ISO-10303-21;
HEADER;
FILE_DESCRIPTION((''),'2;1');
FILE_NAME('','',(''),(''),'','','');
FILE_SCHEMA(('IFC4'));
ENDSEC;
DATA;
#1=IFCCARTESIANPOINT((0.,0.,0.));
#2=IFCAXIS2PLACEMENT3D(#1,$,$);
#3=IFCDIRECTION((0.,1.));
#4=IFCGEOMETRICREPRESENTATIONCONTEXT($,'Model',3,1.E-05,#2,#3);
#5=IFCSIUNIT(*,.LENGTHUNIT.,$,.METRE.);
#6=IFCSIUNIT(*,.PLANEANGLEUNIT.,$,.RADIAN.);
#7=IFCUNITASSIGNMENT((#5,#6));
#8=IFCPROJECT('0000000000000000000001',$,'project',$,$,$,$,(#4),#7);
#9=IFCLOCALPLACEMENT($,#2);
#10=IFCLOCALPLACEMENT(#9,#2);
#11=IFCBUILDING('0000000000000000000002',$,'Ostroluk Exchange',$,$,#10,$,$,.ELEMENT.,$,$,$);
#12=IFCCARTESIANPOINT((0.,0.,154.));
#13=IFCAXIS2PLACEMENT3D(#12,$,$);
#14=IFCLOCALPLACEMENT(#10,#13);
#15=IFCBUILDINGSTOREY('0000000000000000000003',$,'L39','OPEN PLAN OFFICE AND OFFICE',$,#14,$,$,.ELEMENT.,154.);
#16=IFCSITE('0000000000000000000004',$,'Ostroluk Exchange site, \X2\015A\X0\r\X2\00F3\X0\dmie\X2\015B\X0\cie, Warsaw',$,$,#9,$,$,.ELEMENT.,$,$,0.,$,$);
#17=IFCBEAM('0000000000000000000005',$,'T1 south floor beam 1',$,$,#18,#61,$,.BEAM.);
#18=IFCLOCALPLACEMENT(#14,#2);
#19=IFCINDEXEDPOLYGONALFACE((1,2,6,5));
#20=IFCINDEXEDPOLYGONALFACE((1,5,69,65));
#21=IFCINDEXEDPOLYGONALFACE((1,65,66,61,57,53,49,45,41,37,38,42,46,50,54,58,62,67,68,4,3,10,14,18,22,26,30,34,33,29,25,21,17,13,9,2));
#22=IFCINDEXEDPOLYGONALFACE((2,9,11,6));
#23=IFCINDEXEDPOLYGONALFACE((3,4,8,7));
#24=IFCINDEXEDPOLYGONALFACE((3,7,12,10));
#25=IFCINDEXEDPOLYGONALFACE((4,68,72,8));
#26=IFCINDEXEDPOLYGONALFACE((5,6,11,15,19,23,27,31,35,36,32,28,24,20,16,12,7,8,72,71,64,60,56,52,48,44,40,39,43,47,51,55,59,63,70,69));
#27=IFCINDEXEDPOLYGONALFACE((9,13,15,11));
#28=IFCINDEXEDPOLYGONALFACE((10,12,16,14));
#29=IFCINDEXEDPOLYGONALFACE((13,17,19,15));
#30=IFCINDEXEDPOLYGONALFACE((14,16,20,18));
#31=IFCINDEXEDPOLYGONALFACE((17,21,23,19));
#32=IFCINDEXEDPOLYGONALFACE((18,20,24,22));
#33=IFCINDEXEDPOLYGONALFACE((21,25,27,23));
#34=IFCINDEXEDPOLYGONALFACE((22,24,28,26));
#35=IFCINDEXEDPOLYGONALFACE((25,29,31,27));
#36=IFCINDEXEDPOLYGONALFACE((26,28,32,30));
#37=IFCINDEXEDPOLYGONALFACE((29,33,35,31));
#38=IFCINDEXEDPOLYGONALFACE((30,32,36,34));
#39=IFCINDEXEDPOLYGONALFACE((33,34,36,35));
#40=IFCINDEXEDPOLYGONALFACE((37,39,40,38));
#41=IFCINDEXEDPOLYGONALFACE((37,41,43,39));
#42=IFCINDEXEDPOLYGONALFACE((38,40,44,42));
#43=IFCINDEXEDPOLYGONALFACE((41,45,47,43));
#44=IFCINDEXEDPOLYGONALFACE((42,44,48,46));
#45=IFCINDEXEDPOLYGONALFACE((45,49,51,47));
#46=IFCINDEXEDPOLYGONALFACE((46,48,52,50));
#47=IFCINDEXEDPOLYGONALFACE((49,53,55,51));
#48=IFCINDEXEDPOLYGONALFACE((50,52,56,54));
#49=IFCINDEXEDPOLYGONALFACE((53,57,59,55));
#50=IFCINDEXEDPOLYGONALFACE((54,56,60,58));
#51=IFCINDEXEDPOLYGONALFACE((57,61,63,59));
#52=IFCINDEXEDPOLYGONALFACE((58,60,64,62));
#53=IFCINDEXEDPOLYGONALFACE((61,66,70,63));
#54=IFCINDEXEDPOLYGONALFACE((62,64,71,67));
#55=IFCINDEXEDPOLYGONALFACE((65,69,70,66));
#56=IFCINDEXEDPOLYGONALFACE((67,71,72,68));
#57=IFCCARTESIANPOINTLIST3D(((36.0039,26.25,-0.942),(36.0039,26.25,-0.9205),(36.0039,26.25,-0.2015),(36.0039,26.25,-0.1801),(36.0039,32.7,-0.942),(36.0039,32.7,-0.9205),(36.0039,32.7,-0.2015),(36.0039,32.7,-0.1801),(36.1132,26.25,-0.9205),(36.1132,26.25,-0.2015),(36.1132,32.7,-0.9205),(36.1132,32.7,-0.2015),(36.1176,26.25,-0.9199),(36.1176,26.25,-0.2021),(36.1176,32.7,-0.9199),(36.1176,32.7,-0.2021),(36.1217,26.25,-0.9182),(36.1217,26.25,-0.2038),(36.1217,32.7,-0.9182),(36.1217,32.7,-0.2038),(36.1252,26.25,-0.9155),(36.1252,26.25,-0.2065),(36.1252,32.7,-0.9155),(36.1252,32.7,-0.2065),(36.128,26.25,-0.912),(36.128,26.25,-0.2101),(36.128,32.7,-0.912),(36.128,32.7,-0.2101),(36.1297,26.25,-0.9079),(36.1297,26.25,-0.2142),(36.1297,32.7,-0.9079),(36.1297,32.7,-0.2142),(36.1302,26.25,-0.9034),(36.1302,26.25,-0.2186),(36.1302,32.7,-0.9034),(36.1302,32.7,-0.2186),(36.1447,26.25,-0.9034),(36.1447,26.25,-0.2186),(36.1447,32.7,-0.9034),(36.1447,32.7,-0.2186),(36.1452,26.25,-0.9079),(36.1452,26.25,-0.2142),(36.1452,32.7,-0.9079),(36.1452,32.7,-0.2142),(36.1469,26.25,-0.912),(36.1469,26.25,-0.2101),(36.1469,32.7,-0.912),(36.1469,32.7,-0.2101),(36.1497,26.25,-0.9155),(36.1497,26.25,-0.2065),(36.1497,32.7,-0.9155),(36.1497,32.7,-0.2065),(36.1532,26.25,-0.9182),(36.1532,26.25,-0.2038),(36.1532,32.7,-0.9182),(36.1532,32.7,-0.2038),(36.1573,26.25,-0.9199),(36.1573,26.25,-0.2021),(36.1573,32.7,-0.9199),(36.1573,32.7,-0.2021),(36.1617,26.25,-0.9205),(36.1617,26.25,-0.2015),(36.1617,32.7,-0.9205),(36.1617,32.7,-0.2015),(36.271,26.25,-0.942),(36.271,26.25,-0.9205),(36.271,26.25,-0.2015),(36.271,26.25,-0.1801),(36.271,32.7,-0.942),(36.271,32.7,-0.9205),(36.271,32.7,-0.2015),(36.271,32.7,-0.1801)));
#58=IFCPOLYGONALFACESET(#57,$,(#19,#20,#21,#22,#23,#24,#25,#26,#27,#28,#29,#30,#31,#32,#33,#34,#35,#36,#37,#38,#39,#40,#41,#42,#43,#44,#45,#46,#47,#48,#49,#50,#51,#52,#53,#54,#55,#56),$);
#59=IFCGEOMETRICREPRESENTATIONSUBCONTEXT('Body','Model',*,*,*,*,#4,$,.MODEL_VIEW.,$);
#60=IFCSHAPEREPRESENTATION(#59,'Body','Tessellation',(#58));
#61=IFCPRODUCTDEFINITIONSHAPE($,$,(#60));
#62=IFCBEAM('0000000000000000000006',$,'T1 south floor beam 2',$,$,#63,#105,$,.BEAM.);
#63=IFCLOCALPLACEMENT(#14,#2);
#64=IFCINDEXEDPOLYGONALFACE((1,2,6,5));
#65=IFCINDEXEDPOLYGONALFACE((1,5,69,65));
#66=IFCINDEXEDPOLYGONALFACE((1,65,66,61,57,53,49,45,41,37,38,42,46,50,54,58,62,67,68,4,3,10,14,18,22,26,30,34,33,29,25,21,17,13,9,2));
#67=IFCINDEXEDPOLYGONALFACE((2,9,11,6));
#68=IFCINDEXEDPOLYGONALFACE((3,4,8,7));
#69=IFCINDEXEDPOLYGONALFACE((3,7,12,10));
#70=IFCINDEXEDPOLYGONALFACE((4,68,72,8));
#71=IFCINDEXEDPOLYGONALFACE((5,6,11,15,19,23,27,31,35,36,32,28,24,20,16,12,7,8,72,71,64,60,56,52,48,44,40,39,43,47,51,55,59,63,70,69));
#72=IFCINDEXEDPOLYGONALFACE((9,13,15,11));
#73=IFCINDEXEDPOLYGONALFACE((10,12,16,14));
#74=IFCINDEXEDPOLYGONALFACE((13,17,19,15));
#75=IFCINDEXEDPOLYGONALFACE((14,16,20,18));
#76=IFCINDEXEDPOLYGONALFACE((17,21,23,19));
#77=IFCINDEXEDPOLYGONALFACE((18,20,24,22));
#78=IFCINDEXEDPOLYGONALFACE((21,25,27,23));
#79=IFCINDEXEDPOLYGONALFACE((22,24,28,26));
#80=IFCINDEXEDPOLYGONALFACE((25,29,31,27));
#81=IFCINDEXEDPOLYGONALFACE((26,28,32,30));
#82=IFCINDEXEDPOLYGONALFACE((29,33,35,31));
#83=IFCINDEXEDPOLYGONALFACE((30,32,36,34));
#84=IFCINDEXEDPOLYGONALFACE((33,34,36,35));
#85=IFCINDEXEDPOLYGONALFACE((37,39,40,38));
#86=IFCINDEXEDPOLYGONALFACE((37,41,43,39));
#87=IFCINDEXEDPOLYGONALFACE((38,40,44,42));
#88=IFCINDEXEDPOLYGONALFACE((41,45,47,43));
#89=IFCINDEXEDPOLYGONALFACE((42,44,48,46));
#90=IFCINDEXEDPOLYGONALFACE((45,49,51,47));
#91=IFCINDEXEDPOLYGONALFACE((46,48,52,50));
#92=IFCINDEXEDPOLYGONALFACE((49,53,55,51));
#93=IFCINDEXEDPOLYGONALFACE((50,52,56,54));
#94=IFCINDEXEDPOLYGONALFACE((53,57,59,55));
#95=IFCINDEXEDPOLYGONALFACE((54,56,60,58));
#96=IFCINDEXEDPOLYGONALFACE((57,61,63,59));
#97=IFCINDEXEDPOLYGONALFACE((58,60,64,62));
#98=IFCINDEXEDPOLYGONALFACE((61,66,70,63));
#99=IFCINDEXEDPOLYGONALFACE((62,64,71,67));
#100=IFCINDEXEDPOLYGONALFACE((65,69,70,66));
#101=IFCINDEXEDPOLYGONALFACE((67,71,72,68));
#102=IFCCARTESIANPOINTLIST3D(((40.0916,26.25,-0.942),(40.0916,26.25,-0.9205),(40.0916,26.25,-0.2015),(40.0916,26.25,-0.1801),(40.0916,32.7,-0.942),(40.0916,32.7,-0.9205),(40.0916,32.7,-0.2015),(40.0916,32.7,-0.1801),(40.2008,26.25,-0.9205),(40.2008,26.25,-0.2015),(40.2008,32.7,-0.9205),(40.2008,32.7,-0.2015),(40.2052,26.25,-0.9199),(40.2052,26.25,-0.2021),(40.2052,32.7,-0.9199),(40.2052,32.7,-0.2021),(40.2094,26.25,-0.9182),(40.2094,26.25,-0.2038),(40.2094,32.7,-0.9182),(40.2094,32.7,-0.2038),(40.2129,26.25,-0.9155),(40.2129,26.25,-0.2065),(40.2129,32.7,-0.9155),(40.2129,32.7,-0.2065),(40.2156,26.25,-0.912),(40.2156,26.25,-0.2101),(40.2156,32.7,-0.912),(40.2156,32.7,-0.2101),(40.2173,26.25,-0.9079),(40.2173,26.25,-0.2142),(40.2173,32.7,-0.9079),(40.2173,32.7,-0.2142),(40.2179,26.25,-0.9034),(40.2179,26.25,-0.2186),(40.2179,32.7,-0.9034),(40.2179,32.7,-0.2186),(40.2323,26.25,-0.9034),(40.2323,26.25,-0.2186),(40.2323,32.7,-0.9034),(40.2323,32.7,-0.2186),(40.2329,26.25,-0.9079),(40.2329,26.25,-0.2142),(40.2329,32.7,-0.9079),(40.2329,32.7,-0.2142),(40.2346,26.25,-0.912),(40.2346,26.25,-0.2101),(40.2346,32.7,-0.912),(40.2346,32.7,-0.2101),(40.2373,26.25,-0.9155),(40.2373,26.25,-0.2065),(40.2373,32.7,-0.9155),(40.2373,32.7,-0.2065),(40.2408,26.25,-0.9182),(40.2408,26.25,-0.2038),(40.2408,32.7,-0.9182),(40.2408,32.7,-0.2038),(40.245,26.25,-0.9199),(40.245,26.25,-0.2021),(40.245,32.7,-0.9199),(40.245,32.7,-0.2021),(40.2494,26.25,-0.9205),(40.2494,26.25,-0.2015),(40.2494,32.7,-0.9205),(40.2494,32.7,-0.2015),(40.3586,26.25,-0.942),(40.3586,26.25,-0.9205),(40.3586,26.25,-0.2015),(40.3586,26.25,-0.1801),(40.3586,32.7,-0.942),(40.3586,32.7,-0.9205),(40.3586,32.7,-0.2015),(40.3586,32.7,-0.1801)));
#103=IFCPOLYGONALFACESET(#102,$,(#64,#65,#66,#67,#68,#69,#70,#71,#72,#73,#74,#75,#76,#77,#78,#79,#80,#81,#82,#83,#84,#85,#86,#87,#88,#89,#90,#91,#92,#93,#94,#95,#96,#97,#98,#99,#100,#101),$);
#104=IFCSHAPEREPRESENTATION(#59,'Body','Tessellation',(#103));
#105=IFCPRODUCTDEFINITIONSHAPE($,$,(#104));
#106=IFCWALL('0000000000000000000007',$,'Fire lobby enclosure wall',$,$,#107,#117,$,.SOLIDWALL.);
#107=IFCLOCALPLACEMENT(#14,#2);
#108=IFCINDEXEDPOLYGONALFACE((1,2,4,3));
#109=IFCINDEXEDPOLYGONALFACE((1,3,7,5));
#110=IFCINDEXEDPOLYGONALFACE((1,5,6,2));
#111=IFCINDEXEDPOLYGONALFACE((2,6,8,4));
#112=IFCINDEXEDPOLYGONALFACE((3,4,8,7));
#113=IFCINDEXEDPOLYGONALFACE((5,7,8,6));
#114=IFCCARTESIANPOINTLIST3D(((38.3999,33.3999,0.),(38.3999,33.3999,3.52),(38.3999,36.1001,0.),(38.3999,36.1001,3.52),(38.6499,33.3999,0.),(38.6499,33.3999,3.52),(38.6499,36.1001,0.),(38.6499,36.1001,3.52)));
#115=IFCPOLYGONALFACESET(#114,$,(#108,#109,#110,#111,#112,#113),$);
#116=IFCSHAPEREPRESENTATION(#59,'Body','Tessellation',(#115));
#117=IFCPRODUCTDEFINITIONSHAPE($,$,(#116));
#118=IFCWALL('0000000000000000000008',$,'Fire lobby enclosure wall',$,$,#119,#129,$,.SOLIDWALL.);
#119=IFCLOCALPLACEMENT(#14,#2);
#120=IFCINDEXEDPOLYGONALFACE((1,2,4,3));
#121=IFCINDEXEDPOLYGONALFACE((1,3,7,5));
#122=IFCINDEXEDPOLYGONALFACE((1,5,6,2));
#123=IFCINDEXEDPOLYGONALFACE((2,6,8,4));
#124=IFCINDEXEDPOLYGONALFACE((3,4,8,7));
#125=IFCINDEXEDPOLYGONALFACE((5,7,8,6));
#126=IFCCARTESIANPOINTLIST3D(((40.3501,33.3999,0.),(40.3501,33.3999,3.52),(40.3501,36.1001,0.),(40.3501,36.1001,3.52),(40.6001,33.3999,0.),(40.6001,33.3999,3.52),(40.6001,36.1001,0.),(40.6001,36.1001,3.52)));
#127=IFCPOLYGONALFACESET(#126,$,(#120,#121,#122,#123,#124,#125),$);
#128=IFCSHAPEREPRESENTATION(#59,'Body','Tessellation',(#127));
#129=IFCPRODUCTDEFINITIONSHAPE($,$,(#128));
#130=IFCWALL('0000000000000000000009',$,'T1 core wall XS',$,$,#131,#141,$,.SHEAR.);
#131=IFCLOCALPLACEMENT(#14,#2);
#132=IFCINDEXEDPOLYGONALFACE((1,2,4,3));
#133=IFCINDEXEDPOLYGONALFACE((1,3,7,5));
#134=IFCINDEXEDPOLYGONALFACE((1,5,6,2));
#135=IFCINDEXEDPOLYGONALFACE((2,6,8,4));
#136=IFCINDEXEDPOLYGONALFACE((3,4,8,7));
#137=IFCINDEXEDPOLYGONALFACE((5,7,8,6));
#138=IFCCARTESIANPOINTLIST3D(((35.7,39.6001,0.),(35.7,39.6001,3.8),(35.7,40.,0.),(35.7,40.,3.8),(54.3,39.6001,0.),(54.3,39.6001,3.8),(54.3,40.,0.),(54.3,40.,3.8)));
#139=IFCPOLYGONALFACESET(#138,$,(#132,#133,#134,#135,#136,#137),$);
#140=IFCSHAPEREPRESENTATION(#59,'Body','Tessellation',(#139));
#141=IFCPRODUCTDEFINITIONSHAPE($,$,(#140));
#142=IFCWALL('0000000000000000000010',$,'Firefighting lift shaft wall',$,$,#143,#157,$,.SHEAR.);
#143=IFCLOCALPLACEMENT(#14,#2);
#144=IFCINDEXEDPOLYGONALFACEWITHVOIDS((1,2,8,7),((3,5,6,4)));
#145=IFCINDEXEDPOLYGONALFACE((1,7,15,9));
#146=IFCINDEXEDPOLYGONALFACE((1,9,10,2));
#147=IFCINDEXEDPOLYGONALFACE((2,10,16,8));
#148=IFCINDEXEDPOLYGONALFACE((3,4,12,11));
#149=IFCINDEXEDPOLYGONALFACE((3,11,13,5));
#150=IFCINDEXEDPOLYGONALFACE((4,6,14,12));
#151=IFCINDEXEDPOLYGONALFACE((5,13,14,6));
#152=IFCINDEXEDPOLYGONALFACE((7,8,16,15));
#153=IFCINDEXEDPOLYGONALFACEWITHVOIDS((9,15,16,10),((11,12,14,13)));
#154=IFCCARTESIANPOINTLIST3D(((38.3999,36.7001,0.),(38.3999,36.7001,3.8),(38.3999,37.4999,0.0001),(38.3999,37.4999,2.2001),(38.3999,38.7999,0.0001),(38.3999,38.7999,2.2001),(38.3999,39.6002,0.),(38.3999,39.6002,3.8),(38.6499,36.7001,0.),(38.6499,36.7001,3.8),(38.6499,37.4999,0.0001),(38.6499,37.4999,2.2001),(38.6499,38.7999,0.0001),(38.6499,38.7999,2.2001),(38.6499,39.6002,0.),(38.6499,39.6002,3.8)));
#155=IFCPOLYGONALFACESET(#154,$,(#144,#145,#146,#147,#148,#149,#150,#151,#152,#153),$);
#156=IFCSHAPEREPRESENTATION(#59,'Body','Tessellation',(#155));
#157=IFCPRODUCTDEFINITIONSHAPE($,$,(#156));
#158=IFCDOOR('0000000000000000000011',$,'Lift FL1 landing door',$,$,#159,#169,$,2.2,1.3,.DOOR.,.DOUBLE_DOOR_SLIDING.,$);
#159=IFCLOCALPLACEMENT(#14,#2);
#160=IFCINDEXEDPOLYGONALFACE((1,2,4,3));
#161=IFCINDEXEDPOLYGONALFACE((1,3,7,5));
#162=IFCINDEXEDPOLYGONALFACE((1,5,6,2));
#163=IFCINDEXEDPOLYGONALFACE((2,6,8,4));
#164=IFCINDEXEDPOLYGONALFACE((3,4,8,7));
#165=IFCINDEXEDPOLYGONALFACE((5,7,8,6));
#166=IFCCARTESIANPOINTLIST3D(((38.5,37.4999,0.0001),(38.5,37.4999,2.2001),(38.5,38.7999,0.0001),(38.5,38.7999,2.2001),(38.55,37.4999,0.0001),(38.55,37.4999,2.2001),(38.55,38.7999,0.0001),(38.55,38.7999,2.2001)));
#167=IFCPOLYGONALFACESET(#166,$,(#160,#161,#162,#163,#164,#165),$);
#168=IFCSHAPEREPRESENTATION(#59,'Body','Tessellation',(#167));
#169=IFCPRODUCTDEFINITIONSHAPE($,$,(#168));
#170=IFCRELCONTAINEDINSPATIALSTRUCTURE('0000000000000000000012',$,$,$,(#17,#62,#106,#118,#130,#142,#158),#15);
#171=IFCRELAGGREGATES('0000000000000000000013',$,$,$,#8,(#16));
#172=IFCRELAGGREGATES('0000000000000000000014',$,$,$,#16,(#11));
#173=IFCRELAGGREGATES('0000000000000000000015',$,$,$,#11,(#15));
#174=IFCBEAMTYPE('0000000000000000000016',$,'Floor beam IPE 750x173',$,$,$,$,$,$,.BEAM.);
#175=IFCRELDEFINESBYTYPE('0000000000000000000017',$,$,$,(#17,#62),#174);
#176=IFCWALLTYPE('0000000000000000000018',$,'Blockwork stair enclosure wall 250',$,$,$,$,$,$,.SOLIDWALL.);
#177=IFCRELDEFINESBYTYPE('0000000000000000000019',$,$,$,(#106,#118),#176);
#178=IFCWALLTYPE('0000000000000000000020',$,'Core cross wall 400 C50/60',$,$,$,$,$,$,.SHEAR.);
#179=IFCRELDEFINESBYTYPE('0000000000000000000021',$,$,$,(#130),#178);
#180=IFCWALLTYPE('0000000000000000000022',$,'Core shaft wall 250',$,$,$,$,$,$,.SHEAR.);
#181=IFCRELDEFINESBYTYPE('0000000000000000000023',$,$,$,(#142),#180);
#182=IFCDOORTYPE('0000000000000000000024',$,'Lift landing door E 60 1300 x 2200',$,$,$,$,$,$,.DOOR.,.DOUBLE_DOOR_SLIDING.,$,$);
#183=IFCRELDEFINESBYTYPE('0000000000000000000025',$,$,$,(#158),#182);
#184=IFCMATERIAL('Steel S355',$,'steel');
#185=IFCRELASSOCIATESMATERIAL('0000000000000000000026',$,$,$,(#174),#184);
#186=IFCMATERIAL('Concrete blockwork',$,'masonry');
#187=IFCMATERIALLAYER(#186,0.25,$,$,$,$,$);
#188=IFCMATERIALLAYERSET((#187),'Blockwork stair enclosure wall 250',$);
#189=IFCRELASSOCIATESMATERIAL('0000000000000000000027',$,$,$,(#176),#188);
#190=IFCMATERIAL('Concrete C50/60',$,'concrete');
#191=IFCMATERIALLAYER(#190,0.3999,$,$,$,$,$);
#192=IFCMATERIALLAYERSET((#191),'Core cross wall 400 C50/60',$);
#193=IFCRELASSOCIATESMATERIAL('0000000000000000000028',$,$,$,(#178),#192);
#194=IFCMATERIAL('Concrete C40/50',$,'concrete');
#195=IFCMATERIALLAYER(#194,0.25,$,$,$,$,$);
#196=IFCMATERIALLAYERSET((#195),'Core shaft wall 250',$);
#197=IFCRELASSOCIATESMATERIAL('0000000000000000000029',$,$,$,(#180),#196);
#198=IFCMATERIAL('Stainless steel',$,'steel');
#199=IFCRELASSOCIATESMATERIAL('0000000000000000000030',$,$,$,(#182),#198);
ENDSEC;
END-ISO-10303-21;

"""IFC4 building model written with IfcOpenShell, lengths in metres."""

from ifc_helpers import new_model, si_unit, direction, frame, frame_2d, origin, origin_2d, place, context, subcontext, project, spatial, rectangle, i_section, extrude, material, layer, layer_set, material_profile, profile_set, type_object, element, fill, save


model = new_model("IFC4")

# Units and contexts
model_context = context("Model", 3, precision=1e-05, world=origin(), true_north=direction((0.0, 1.0)))
body_context = subcontext(model_context, "Body", "Model", "MODEL_VIEW")
ifc_project = project(units=[si_unit("LENGTHUNIT", "METRE"), si_unit("PLANEANGLEUNIT", "RADIAN")], contexts=[model_context])

# Site, building, storey
site_placement = place(None, origin())
site = spatial("IfcSite", under=ifc_project, at=site_placement, Name="Ostroluk Exchange site, Śródmieście, Warsaw", CompositionType="ELEMENT", RefElevation=0.0)
building_placement = place(site_placement, origin())
building = spatial("IfcBuilding", under=site, at=building_placement, Name="Ostroluk Exchange", CompositionType="ELEMENT")
storey_placement = place(building_placement, frame((0.0, 0.0, 154.0)))
storey = spatial("IfcBuildingStorey", under=building, at=storey_placement, Name="L39", Description="OPEN PLAN OFFICE AND OFFICE", CompositionType="ELEMENT", Elevation=154.0)

# Beams
ifc_material_1 = material(Name="Steel S355", Category="steel")
ifc_material_profile = material_profile(ifc_material_1, i_section(OverallWidth=0.2671, OverallDepth=0.762, WebThickness=0.0144, FlangeThickness=0.0215, FilletRadius=0.0171, at=origin_2d()), Name="IPE 750x173")
ifc_profile_set = profile_set([ifc_material_profile], Name="Steel S355")
beam_type = type_object("IfcBeamType", Name="Floor beam IPE 750x173", PredefinedType="BEAM", material=ifc_profile_set)
for number, where, z_axis, x_axis, name in (
    (1, (36.1375, 32.7, -0.561), (0.0, -1.0, 0.0), (1.0, 0.0, 0.0), "T1 south floor beam 1"),
    (2, (40.2251, 32.7, -0.561), (0.0, -1.0, 0.0), (1.0, 0.0, 0.0), "T1 south floor beam 2"),
):
    element("IfcBeam", number, at=place(storey_placement, frame(where, z_axis=z_axis, x_axis=x_axis)), inside=storey, type_object=beam_type, Name=name, PredefinedType="BEAM", context=body_context, shape_type="SweptSolid", body=[
        extrude(i_section(OverallWidth=0.2671, OverallDepth=0.762, WebThickness=0.0144, FlangeThickness=0.0215, FilletRadius=0.0171, at=origin_2d()), origin(), (0.0, 0.0, 1.0), 6.45),
    ])

# Walls
ifc_material_2 = material(Name="Concrete blockwork", Category="masonry")
ifc_layer_1 = layer(ifc_material_2, 0.25)
ifc_layer_set_1 = layer_set([ifc_layer_1], Name="Blockwork stair enclosure wall 250")
wall_type_1 = type_object("IfcWallType", Name="Blockwork stair enclosure wall 250", PredefinedType="SOLIDWALL", material=ifc_layer_set_1)
for number, where, z_axis, x_axis, name in (
    (3, (38.5249, 33.3999, 0.0), (0.0, 0.0, 1.0), (0.0, 1.0, 0.0), "Fire lobby enclosure wall"),
    (4, (40.4751, 33.3999, 0.0), (0.0, 0.0, 1.0), (0.0, 1.0, 0.0), "Fire lobby enclosure wall"),
):
    element("IfcWall", number, at=place(storey_placement, frame(where, z_axis=z_axis, x_axis=x_axis)), inside=storey, type_object=wall_type_1, Name=name, PredefinedType="SOLIDWALL", context=body_context, shape_type="SweptSolid", body=[
        extrude(rectangle(XDim=2.7002, YDim=0.25, at=frame_2d((1.3501, 0.0))), origin(), (0.0, 0.0, 1.0), 3.52),
    ])
ifc_material_3 = material(Name="Concrete C50/60", Category="concrete")
ifc_layer_2 = layer(ifc_material_3, 0.3999)
ifc_layer_set_2 = layer_set([ifc_layer_2], Name="Core cross wall 400 C50/60")
wall_type_2 = type_object("IfcWallType", Name="Core cross wall 400 C50/60", PredefinedType="SHEAR", material=ifc_layer_set_2)
wall_1_placement = place(storey_placement, frame((35.7, 39.8, 0.0), z_axis=(0.0, 0.0, 1.0), x_axis=(1.0, 0.0, 0.0)))
element("IfcWall", 5, at=wall_1_placement, inside=storey, type_object=wall_type_2, Name="T1 core wall XS", PredefinedType="SHEAR", context=body_context, shape_type="SweptSolid", body=[
    extrude(rectangle(XDim=18.6001, YDim=0.3999, at=frame_2d((9.3, 0.0))), origin(), (0.0, 0.0, 1.0), 3.8),
])

# Wall, opening, door
ifc_material_4 = material(Name="Concrete C40/50", Category="concrete")
ifc_layer_3 = layer(ifc_material_4, 0.25)
ifc_layer_set_3 = layer_set([ifc_layer_3], Name="Core shaft wall 250")
wall_type_3 = type_object("IfcWallType", Name="Core shaft wall 250", PredefinedType="SHEAR", material=ifc_layer_set_3)
wall_2_placement = place(storey_placement, frame((38.5249, 36.7, 0.0), z_axis=(0.0, 0.0, 1.0), x_axis=(0.0, 1.0, 0.0)))
wall_2 = element("IfcWall", 6, at=wall_2_placement, inside=storey, type_object=wall_type_3, Name="Firefighting lift shaft wall", PredefinedType="SHEAR", context=body_context, shape_type="SweptSolid", body=[
    extrude(rectangle(XDim=2.9001, YDim=0.25, at=frame_2d((1.4502, 0.0))), origin(), (0.0, 0.0, 1.0), 3.8),
])
opening_1_placement = place(wall_2_placement, frame((0.8, 0.0, 0.0)))
opening_1 = element("IfcOpeningElement", 7, at=opening_1_placement, cuts=wall_2, PredefinedType="OPENING", context=body_context, shape_type="SweptSolid", body=[
    extrude(rectangle(XDim=1.3, YDim=2.2, at=frame_2d((0.6499, 1.1001))), frame((0.0, 0.135, 0.0), z_axis=(0.0, -1.0, 0.0), x_axis=(1.0, 0.0, 0.0)), (0.0, 0.0, 1.0), 0.27),
])
ifc_material_5 = material(Name="Stainless steel", Category="steel")
door_type_1 = type_object("IfcDoorType", Name="Lift landing door E 60 1300 x 2200", OperationType="DOUBLE_DOOR_SLIDING", PredefinedType="DOOR", material=ifc_material_5)
door_1_placement = place(opening_1_placement, origin())
door_1 = element("IfcDoor", 8, at=door_1_placement, inside=storey, type_object=door_type_1, Name="Lift FL1 landing door", OperationType="DOUBLE_DOOR_SLIDING", OverallHeight=2.2, OverallWidth=1.3, PredefinedType="DOOR", context=body_context, shape_type="SweptSolid", body=[
    extrude(rectangle(XDim=1.3, YDim=2.2, at=frame_2d((0.6499, 1.1001))), frame((0.0, 0.0249, 0.0), z_axis=(0.0, -1.0, 0.0), x_axis=(1.0, 0.0, 0.0)), (0.0, 0.0, 1.0), 0.05),
])
fill(opening_1, door_1)

save(model, "model.ifc")
